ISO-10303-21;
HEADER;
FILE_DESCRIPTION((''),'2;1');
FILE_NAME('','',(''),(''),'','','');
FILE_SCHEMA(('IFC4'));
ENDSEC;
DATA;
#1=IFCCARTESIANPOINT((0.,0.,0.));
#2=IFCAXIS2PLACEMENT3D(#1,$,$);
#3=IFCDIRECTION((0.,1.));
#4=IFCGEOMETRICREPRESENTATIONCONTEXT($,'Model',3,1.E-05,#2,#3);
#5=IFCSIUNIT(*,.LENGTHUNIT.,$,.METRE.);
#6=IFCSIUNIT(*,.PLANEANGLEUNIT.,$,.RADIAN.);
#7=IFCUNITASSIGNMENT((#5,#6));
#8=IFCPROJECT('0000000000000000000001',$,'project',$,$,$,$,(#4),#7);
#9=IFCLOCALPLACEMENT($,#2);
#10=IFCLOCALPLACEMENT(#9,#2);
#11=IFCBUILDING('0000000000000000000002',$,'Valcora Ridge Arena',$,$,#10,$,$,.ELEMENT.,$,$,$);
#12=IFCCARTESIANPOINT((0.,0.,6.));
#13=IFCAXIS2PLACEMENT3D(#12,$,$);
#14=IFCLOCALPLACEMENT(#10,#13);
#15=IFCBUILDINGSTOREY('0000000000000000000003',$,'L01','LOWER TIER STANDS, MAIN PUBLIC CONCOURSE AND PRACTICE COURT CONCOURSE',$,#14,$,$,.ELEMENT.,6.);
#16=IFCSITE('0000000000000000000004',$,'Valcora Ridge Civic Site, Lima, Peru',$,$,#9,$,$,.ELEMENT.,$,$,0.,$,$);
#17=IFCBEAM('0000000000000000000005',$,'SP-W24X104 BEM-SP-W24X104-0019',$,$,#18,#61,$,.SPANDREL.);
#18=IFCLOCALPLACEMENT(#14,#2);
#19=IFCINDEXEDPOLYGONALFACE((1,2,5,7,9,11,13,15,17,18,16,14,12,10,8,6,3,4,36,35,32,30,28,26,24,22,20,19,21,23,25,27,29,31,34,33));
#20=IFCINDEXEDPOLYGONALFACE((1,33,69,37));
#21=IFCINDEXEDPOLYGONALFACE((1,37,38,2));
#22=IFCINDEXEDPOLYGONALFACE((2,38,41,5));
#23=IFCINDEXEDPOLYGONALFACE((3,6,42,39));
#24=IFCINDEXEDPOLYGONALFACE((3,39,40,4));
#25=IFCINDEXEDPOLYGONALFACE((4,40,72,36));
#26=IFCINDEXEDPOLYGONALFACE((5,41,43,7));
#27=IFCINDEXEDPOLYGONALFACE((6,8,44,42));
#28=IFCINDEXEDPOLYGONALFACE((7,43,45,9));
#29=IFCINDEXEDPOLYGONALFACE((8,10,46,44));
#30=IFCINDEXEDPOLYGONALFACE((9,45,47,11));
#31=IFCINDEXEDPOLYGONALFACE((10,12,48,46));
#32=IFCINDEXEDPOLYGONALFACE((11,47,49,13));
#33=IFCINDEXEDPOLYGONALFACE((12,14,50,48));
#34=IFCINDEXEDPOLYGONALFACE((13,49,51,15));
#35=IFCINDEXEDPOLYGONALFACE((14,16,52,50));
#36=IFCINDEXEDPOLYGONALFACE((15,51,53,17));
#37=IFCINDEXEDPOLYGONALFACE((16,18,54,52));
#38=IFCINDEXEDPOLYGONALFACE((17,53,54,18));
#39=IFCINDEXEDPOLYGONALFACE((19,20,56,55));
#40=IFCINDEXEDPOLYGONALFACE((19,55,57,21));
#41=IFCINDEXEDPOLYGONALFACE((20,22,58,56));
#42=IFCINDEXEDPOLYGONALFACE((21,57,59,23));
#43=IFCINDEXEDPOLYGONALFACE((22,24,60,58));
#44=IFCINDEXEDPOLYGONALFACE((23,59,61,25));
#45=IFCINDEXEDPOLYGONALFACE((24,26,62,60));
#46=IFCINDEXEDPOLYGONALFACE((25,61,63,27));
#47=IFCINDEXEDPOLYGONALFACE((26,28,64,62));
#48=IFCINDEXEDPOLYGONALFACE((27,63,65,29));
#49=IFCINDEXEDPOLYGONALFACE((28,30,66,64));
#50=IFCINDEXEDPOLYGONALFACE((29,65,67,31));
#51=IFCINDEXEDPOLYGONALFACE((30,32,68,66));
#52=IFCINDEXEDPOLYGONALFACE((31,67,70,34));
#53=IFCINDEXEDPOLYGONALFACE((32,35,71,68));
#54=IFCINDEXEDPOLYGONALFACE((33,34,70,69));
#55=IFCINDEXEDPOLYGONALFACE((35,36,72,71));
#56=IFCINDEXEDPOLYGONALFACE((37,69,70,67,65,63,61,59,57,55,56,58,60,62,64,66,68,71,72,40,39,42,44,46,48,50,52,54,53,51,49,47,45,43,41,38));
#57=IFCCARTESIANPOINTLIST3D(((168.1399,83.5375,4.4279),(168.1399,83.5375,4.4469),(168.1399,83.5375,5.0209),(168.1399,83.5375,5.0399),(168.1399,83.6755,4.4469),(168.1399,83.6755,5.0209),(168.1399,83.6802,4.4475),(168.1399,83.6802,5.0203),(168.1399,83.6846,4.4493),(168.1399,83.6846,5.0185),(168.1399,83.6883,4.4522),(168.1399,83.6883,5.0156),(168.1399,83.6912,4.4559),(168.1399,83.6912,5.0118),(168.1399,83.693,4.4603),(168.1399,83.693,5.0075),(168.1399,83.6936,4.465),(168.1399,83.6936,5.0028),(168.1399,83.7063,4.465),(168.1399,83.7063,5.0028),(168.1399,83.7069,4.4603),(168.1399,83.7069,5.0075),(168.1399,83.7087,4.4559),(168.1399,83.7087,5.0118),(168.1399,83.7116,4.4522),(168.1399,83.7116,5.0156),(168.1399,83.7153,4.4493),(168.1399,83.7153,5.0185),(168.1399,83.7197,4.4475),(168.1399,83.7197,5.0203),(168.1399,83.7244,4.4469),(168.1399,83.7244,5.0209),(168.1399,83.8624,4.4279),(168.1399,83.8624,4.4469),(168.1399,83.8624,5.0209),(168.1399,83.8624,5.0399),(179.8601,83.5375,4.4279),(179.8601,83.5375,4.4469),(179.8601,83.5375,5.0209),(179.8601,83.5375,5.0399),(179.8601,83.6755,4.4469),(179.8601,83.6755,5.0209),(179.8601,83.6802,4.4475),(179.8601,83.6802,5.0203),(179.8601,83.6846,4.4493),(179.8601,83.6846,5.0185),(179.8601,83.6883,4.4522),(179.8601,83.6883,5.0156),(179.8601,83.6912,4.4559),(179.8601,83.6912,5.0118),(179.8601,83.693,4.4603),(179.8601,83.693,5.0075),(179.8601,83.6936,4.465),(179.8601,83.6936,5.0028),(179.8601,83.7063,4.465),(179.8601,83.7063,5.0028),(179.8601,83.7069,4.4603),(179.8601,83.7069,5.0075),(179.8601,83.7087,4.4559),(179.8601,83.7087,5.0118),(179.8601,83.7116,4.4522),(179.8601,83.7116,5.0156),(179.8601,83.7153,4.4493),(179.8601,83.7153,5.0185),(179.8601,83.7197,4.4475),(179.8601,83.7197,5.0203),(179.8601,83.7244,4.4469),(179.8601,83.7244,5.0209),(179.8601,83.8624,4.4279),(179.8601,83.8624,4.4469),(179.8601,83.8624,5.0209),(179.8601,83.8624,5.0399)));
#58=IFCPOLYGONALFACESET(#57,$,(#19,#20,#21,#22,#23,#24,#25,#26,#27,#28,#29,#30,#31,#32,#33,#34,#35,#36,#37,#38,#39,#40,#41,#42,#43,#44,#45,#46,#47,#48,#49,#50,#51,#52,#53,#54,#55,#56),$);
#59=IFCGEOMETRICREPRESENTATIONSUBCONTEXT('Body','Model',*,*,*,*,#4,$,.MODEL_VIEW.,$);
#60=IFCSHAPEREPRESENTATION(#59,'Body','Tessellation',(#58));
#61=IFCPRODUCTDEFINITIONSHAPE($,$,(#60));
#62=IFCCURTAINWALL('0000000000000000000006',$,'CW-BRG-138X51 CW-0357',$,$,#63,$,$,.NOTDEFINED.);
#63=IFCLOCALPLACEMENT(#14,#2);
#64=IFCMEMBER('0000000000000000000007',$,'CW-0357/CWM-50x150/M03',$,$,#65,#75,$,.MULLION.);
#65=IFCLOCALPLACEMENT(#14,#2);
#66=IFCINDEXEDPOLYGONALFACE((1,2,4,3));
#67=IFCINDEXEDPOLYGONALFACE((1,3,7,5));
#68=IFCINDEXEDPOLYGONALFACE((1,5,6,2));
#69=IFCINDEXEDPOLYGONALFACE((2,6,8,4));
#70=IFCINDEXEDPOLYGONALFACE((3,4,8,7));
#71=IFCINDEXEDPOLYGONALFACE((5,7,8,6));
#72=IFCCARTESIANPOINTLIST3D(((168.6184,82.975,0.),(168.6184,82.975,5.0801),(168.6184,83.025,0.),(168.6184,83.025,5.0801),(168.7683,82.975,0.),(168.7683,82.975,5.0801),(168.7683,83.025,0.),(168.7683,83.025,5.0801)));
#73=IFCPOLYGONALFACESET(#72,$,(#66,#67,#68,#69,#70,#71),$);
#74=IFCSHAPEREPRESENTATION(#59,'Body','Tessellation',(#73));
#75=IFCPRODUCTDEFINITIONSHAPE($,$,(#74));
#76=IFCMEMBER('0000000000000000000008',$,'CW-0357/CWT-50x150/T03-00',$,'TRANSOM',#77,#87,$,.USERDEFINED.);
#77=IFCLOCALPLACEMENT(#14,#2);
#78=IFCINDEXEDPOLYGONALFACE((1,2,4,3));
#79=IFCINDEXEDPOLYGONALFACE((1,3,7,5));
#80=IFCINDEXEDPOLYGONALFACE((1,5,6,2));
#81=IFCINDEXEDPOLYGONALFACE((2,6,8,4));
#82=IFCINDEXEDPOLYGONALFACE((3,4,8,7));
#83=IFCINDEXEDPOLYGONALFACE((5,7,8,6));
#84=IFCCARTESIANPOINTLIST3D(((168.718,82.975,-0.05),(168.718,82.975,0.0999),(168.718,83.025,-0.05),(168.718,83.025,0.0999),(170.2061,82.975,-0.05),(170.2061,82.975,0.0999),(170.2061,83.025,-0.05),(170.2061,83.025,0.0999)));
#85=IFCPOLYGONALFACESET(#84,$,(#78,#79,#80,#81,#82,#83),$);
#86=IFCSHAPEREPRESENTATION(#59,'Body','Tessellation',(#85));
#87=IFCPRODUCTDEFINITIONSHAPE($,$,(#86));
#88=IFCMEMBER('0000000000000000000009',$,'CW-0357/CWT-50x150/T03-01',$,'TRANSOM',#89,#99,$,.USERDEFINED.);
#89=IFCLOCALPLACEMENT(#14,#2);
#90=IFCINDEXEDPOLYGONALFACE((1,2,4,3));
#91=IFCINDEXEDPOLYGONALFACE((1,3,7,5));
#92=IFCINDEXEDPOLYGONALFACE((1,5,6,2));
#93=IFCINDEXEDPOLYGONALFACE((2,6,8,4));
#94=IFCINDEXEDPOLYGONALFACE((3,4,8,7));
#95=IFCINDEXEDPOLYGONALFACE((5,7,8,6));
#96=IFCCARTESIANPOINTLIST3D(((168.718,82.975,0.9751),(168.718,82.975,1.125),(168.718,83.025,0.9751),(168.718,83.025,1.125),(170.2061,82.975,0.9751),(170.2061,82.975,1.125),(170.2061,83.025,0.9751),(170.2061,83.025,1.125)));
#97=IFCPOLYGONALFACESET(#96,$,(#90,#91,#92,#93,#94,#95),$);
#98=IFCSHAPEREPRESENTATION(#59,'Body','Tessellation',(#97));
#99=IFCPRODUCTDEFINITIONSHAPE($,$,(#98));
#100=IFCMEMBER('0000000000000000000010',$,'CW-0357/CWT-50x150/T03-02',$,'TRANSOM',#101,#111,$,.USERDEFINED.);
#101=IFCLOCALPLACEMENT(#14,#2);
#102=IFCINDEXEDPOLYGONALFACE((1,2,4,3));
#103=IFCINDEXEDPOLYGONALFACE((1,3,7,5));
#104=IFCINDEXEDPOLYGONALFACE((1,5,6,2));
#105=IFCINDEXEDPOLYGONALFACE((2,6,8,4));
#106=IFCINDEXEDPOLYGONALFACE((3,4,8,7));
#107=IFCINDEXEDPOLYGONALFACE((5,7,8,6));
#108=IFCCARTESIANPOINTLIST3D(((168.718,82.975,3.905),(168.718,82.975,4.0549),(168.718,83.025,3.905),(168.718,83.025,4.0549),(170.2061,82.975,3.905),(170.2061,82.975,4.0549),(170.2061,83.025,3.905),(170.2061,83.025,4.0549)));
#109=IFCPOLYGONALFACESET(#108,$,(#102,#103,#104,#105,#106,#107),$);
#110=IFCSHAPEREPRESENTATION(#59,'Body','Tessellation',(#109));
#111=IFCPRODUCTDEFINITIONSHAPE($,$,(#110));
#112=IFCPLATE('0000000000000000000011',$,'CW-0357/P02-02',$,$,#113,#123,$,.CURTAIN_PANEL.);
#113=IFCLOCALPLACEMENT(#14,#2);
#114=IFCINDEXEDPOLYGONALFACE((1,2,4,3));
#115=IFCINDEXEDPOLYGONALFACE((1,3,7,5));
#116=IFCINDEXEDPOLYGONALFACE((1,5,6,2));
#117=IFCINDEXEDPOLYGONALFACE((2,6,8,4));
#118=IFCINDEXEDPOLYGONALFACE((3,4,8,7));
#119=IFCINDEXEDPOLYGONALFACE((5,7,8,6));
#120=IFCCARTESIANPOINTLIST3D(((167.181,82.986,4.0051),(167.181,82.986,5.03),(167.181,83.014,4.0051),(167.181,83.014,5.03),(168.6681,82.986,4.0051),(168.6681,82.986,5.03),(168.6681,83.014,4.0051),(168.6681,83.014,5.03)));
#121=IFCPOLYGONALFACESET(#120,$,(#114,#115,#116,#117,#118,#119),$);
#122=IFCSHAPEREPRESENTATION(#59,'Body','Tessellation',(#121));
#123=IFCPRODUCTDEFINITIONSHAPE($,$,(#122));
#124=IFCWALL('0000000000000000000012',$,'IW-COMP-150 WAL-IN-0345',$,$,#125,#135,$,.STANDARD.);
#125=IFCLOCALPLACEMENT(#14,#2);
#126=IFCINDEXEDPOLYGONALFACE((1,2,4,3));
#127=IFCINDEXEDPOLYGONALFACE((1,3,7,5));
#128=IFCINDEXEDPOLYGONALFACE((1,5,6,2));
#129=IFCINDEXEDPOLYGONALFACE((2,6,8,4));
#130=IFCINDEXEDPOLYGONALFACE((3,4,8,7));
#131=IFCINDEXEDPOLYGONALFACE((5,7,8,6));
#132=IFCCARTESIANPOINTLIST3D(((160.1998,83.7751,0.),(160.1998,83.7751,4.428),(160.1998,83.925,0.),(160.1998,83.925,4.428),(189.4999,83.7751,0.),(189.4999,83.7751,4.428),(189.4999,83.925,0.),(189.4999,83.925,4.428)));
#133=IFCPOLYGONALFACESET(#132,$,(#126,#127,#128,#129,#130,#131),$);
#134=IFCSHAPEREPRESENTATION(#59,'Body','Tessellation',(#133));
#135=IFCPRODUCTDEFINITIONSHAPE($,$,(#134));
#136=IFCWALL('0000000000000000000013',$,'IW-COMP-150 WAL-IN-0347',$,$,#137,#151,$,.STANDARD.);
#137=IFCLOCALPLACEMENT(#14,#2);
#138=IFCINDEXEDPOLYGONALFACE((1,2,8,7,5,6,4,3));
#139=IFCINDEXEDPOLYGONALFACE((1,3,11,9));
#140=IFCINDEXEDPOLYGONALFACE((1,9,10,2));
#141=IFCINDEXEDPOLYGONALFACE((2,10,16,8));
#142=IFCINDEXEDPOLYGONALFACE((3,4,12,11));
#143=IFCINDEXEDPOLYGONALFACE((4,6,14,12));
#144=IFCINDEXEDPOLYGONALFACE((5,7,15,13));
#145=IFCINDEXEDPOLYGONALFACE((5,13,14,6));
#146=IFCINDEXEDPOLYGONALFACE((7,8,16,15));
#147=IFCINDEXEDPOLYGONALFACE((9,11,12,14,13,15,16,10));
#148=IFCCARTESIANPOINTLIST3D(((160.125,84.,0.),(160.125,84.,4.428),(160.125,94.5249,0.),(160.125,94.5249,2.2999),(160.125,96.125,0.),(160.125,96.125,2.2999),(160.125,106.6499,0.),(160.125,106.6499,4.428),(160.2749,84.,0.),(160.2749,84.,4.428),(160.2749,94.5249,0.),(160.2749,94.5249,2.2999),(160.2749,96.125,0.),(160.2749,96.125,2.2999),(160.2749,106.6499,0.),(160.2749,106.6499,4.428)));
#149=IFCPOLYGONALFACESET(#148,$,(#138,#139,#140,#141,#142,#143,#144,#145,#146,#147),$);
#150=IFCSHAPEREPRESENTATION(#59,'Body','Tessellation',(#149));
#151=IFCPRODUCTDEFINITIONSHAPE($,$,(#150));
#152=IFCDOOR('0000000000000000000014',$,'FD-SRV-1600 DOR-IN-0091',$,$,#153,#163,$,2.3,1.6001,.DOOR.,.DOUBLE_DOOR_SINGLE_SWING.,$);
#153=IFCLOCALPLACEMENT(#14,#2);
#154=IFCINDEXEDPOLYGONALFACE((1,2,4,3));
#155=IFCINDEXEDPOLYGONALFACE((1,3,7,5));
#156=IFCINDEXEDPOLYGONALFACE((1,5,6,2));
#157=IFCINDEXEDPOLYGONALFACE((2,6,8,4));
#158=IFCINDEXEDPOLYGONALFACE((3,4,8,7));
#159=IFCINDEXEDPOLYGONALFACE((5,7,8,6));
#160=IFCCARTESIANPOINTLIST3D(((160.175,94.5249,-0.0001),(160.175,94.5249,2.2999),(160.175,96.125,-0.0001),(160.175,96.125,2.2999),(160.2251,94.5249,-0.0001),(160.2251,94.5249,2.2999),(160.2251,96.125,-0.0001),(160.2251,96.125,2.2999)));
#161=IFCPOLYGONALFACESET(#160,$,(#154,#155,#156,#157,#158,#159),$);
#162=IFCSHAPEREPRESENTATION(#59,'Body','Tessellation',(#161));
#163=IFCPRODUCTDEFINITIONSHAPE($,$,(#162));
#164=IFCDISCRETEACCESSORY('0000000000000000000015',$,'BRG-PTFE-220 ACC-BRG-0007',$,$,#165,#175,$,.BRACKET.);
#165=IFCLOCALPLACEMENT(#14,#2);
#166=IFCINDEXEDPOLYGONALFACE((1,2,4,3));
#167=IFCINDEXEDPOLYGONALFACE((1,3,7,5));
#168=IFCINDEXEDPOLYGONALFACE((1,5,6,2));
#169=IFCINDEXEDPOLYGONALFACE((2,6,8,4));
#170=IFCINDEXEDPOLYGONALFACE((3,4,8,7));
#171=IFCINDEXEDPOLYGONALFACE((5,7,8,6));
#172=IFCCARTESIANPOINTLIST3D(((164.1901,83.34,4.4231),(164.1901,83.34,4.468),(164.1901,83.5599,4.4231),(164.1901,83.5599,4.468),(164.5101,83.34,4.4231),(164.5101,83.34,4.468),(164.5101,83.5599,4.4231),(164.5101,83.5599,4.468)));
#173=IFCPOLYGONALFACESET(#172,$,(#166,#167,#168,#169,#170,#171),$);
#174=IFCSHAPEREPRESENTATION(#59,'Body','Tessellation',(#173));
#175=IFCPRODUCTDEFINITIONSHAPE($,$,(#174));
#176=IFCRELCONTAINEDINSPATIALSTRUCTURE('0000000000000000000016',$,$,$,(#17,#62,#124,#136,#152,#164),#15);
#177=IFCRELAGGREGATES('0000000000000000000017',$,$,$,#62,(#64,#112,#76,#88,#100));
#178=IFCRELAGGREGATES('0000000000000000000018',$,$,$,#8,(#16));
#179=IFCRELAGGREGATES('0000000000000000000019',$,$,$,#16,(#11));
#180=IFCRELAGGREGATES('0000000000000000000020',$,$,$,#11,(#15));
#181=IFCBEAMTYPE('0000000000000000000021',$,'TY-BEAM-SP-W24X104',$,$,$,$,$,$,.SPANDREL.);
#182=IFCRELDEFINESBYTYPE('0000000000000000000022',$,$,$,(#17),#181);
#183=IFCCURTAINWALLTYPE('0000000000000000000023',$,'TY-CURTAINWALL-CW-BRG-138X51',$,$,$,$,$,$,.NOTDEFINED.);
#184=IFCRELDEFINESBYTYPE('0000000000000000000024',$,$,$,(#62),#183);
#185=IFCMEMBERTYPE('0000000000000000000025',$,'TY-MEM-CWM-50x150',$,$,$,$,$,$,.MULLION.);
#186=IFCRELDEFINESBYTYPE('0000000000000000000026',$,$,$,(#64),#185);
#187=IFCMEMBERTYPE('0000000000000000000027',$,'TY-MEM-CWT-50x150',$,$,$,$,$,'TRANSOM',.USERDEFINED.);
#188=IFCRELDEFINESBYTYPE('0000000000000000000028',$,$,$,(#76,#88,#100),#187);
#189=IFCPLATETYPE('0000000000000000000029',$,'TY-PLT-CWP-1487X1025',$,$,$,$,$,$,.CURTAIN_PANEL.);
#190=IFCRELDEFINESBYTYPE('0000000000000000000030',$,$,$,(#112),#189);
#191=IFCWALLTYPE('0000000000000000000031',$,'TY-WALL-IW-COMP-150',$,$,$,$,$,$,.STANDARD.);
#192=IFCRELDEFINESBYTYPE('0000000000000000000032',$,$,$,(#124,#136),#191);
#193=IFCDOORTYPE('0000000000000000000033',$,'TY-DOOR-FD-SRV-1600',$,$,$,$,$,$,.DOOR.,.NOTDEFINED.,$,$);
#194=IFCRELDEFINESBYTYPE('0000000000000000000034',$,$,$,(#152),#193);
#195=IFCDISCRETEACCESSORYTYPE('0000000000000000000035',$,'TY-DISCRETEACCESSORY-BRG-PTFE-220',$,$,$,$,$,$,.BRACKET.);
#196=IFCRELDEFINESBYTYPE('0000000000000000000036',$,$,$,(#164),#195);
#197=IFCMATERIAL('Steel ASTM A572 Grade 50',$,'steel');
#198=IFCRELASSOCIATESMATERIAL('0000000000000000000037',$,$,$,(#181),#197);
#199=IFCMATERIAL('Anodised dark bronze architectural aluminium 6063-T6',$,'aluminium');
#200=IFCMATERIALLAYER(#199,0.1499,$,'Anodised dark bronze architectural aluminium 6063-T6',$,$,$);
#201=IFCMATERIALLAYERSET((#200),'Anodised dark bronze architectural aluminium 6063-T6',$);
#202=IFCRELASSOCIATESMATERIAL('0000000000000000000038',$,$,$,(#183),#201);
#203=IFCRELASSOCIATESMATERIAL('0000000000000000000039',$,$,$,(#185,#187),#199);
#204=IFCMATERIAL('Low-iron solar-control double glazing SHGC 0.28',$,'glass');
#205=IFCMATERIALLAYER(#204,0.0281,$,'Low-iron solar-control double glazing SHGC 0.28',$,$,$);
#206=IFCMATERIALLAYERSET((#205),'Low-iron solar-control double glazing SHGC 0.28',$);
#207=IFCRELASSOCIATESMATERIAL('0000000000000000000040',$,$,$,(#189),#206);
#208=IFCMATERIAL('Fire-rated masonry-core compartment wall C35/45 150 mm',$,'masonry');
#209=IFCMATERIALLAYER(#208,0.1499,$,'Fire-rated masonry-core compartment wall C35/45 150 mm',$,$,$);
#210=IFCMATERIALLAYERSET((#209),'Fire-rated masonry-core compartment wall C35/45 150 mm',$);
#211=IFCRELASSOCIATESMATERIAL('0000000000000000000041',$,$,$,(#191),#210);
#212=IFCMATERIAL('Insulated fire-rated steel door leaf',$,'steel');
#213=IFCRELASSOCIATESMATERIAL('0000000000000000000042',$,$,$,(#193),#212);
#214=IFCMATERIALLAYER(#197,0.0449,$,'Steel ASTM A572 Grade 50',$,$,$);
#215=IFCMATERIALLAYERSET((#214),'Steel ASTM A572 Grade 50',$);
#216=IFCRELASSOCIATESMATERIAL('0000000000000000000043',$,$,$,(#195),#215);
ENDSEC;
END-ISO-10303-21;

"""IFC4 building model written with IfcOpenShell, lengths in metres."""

from ifc_helpers import new_model, si_unit, direction, frame, frame_2d, origin, origin_2d, place, context, subcontext, project, spatial, rectangle, i_section, extrude, material, layer, layer_set, material_profile, profile_set, type_object, element, fill, aggregate, save


model = new_model("IFC4")

# Units and contexts
model_context = context("Model", 3, precision=1e-05, world=origin(), true_north=direction((0.0, 1.0)))
body_context = subcontext(model_context, "Body", "Model", "MODEL_VIEW")
ifc_project = project(units=[si_unit("LENGTHUNIT", "METRE"), si_unit("PLANEANGLEUNIT", "RADIAN")], contexts=[model_context])

# Site, building, storey
site_placement = place(None, origin())
site = spatial("IfcSite", under=ifc_project, at=site_placement, Name="Valcora Ridge Civic Site, Lima, Peru", CompositionType="ELEMENT", RefElevation=0.0)
building_placement = place(site_placement, origin())
building = spatial("IfcBuilding", under=site, at=building_placement, Name="Valcora Ridge Arena", CompositionType="ELEMENT")
storey_placement = place(building_placement, frame((0.0, 0.0, 6.0)))
storey = spatial("IfcBuildingStorey", under=building, at=storey_placement, Name="L01", Description="LOWER TIER STANDS, MAIN PUBLIC CONCOURSE AND PRACTICE COURT CONCOURSE", CompositionType="ELEMENT", Elevation=6.0)

# Beam
ifc_material_1 = material(Name="Steel ASTM A572 Grade 50", Category="steel")
ifc_material_profile_1 = material_profile(ifc_material_1, i_section(OverallWidth=0.325, OverallDepth=0.6121, WebThickness=0.0127, FlangeThickness=0.019, FilletRadius=0.0181, at=origin_2d()), Name="W24X104")
ifc_profile_set_1 = profile_set([ifc_material_profile_1], Name="Steel ASTM A572 Grade 50")
beam_type_1 = type_object("IfcBeamType", Name="TY-BEAM-SP-W24X104", PredefinedType="SPANDREL", material=ifc_profile_set_1)
beam_1_placement = place(storey_placement, frame((168.1399, 83.7, 4.7339), z_axis=(1.0, 0.0, 0.0), x_axis=(0.0, 1.0, 0.0)))
element("IfcBeam", 1, at=beam_1_placement, inside=storey, type_object=beam_type_1, Name="SP-W24X104 BEM-SP-W24X104-0019", PredefinedType="SPANDREL", context=body_context, shape_type="SweptSolid", body=[
    extrude(i_section(OverallWidth=0.325, OverallDepth=0.6121, WebThickness=0.0127, FlangeThickness=0.019, FilletRadius=0.0181, at=origin_2d()), origin(), (0.0, 0.0, 1.0), 11.7202),
])

# Curtain wall, members, plate
ifc_material_2 = material(Name="Anodised dark bronze architectural aluminium 6063-T6", Category="aluminium")
ifc_layer_1 = layer(ifc_material_2, 0.1499, Name="Anodised dark bronze architectural aluminium 6063-T6")
ifc_layer_set_1 = layer_set([ifc_layer_1], Name="Anodised dark bronze architectural aluminium 6063-T6")
curtain_wall_type = type_object("IfcCurtainWallType", Name="TY-CURTAINWALL-CW-BRG-138X51", PredefinedType="NOTDEFINED", material=ifc_layer_set_1)
curtain_wall_placement = place(storey_placement, origin())
curtain_wall = element("IfcCurtainWall", 2, at=curtain_wall_placement, inside=storey, type_object=curtain_wall_type, Name="CW-BRG-138X51 CW-0357", PredefinedType="NOTDEFINED")
ifc_material_profile_2 = material_profile(ifc_material_2, rectangle(XDim=0.05, YDim=0.1499, at=origin_2d()), Name="ALU MULLION 50x150")
ifc_profile_set_2 = profile_set([ifc_material_profile_2], Name="Anodised dark bronze architectural aluminium 6063-T6")
member_type_1 = type_object("IfcMemberType", Name="TY-MEM-CWM-50x150", PredefinedType="MULLION", material=ifc_profile_set_2)
member_1_placement = place(storey_placement, frame((168.6934, 83.0, 0.0), z_axis=(0.0, 0.0, 1.0), x_axis=(0.0, 1.0, 0.0)))
member_1 = element("IfcMember", 3, at=member_1_placement, type_object=member_type_1, Name="CW-0357/CWM-50x150/M03", PredefinedType="MULLION", context=body_context, shape_type="SweptSolid", body=[
    extrude(rectangle(XDim=0.05, YDim=0.1499, at=origin_2d()), origin(), (0.0, 0.0, 1.0), 5.0801),
])
ifc_material_profile_3 = material_profile(ifc_material_2, rectangle(XDim=0.05, YDim=0.1499, at=origin_2d()), Name="ALU TRANSOM 50x150")
ifc_profile_set_3 = profile_set([ifc_material_profile_3], Name="Anodised dark bronze architectural aluminium 6063-T6")
member_type_2 = type_object("IfcMemberType", Name="TY-MEM-CWT-50x150", ElementType="TRANSOM", PredefinedType="USERDEFINED", material=ifc_profile_set_3)
member_2_placement = place(storey_placement, frame((168.718, 83.0, 0.0249), z_axis=(1.0, 0.0, 0.0), x_axis=(0.0, 1.0, 0.0)))
member_2 = element("IfcMember", 4, at=member_2_placement, type_object=member_type_2, Name="CW-0357/CWT-50x150/T03-00", ObjectType="TRANSOM", PredefinedType="USERDEFINED", context=body_context, shape_type="SweptSolid", body=[
    extrude(rectangle(XDim=0.05, YDim=0.1499, at=origin_2d()), origin(), (0.0, 0.0, 1.0), 1.488),
])
member_3_placement = place(storey_placement, frame((168.718, 83.0, 1.05), z_axis=(1.0, 0.0, 0.0), x_axis=(0.0, 1.0, 0.0)))
member_3 = element("IfcMember", 5, at=member_3_placement, type_object=member_type_2, Name="CW-0357/CWT-50x150/T03-01", ObjectType="TRANSOM", PredefinedType="USERDEFINED", context=body_context, shape_type="SweptSolid", body=[
    extrude(rectangle(XDim=0.05, YDim=0.1499, at=origin_2d()), origin(), (0.0, 0.0, 1.0), 1.488),
])
member_4_placement = place(storey_placement, frame((168.718, 83.0, 3.98), z_axis=(1.0, 0.0, 0.0), x_axis=(0.0, 1.0, 0.0)))
member_4 = element("IfcMember", 6, at=member_4_placement, type_object=member_type_2, Name="CW-0357/CWT-50x150/T03-02", ObjectType="TRANSOM", PredefinedType="USERDEFINED", context=body_context, shape_type="SweptSolid", body=[
    extrude(rectangle(XDim=0.05, YDim=0.1499, at=origin_2d()), origin(), (0.0, 0.0, 1.0), 1.488),
])
ifc_material_3 = material(Name="Low-iron solar-control double glazing SHGC 0.28", Category="glass")
ifc_layer_2 = layer(ifc_material_3, 0.0281, Name="Low-iron solar-control double glazing SHGC 0.28")
ifc_layer_set_2 = layer_set([ifc_layer_2], Name="Low-iron solar-control double glazing SHGC 0.28")
plate_type = type_object("IfcPlateType", Name="TY-PLT-CWP-1487X1025", PredefinedType="CURTAIN_PANEL", material=ifc_layer_set_2)
plate_placement = place(storey_placement, frame((167.9246, 83.0, 4.0051), z_axis=(0.0, 0.0, 1.0), x_axis=(1.0, 0.0, 0.0)))
plate = element("IfcPlate", 7, at=plate_placement, type_object=plate_type, Name="CW-0357/P02-02", PredefinedType="CURTAIN_PANEL", context=body_context, shape_type="SweptSolid", body=[
    extrude(rectangle(XDim=1.4871, YDim=0.0281, at=origin_2d()), origin(), (0.0, 0.0, 1.0), 1.0249),
])
aggregate(curtain_wall, [member_1, plate, member_2, member_3, member_4])

# Wall
ifc_material_4 = material(Name="Fire-rated masonry-core compartment wall C35/45 150 mm", Category="masonry")
ifc_layer_3 = layer(ifc_material_4, 0.1499, Name="Fire-rated masonry-core compartment wall C35/45 150 mm")
ifc_layer_set_3 = layer_set([ifc_layer_3], Name="Fire-rated masonry-core compartment wall C35/45 150 mm")
wall_type = type_object("IfcWallType", Name="TY-WALL-IW-COMP-150", PredefinedType="STANDARD", material=ifc_layer_set_3)
wall_1_placement = place(storey_placement, frame((160.2, 83.8501, 0.0), z_axis=(0.0, 0.0, 1.0), x_axis=(1.0, 0.0, 0.0)))
element("IfcWall", 8, at=wall_1_placement, inside=storey, type_object=wall_type, Name="IW-COMP-150 WAL-IN-0345", PredefinedType="STANDARD", context=body_context, shape_type="SweptSolid", body=[
    extrude(rectangle(XDim=29.3, YDim=0.1499, at=frame_2d((14.6499, 0.0))), origin(), (0.0, 0.0, 1.0), 4.428),
])

# Wall, opening, door
wall_2_placement = place(storey_placement, frame((160.2, 84.0, 0.0), z_axis=(0.0, 0.0, 1.0), x_axis=(0.0, 1.0, 0.0)))
wall_2 = element("IfcWall", 9, at=wall_2_placement, inside=storey, type_object=wall_type, Name="IW-COMP-150 WAL-IN-0347", PredefinedType="STANDARD", context=body_context, shape_type="SweptSolid", body=[
    extrude(rectangle(XDim=22.6499, YDim=0.1499, at=frame_2d((11.325, 0.0))), origin(), (0.0, 0.0, 1.0), 4.428),
])
opening_placement = place(wall_2_placement, frame((10.5249, 0.0, 0.0)))
opening = element("IfcOpeningElement", 10, at=opening_placement, cuts=wall_2, PredefinedType="OPENING", context=body_context, shape_type="SweptSolid", body=[
    extrude(rectangle(XDim=1.6001, YDim=2.3, at=frame_2d((0.8, 1.1499))), frame((0.0, 0.085, 0.0), z_axis=(0.0, -1.0, 0.0), x_axis=(1.0, 0.0, 0.0)), (0.0, 0.0, 1.0), 0.1699),
])
ifc_material_5 = material(Name="Insulated fire-rated steel door leaf", Category="steel")
door_type = type_object("IfcDoorType", Name="TY-DOOR-FD-SRV-1600", OperationType="NOTDEFINED", PredefinedType="DOOR", material=ifc_material_5)
door_placement = place(opening_placement, origin())
door = element("IfcDoor", 11, at=door_placement, inside=storey, type_object=door_type, Name="FD-SRV-1600 DOR-IN-0091", OperationType="DOUBLE_DOOR_SINGLE_SWING", OverallHeight=2.3, OverallWidth=1.6001, PredefinedType="DOOR", context=body_context, shape_type="SweptSolid", body=[
    extrude(rectangle(XDim=1.6001, YDim=2.3, at=frame_2d((0.8, 1.1499))), frame((0.0, 0.0249, 0.0), z_axis=(0.0, -1.0, 0.0), x_axis=(1.0, 0.0, 0.0)), (0.0, 0.0, 1.0), 0.05),
])
fill(opening, door)

# Discrete accessory
ifc_layer_4 = layer(ifc_material_1, 0.0449, Name="Steel ASTM A572 Grade 50")
ifc_layer_set_4 = layer_set([ifc_layer_4], Name="Steel ASTM A572 Grade 50")
discrete_accessory_type = type_object("IfcDiscreteAccessoryType", Name="TY-DISCRETEACCESSORY-BRG-PTFE-220", PredefinedType="BRACKET", material=ifc_layer_set_4)
discrete_accessory_placement = place(storey_placement, frame((164.3501, 83.45, 4.4231), z_axis=(0.0, 0.0, 1.0), x_axis=(1.0, 0.0, 0.0)))
element("IfcDiscreteAccessory", 12, at=discrete_accessory_placement, inside=storey, type_object=discrete_accessory_type, Name="BRG-PTFE-220 ACC-BRG-0007", PredefinedType="BRACKET", context=body_context, shape_type="SweptSolid", body=[
    extrude(rectangle(XDim=0.3201, YDim=0.22, at=origin_2d()), origin(), (0.0, 0.0, 1.0), 0.0449),
])

save(model, "model.ifc")
